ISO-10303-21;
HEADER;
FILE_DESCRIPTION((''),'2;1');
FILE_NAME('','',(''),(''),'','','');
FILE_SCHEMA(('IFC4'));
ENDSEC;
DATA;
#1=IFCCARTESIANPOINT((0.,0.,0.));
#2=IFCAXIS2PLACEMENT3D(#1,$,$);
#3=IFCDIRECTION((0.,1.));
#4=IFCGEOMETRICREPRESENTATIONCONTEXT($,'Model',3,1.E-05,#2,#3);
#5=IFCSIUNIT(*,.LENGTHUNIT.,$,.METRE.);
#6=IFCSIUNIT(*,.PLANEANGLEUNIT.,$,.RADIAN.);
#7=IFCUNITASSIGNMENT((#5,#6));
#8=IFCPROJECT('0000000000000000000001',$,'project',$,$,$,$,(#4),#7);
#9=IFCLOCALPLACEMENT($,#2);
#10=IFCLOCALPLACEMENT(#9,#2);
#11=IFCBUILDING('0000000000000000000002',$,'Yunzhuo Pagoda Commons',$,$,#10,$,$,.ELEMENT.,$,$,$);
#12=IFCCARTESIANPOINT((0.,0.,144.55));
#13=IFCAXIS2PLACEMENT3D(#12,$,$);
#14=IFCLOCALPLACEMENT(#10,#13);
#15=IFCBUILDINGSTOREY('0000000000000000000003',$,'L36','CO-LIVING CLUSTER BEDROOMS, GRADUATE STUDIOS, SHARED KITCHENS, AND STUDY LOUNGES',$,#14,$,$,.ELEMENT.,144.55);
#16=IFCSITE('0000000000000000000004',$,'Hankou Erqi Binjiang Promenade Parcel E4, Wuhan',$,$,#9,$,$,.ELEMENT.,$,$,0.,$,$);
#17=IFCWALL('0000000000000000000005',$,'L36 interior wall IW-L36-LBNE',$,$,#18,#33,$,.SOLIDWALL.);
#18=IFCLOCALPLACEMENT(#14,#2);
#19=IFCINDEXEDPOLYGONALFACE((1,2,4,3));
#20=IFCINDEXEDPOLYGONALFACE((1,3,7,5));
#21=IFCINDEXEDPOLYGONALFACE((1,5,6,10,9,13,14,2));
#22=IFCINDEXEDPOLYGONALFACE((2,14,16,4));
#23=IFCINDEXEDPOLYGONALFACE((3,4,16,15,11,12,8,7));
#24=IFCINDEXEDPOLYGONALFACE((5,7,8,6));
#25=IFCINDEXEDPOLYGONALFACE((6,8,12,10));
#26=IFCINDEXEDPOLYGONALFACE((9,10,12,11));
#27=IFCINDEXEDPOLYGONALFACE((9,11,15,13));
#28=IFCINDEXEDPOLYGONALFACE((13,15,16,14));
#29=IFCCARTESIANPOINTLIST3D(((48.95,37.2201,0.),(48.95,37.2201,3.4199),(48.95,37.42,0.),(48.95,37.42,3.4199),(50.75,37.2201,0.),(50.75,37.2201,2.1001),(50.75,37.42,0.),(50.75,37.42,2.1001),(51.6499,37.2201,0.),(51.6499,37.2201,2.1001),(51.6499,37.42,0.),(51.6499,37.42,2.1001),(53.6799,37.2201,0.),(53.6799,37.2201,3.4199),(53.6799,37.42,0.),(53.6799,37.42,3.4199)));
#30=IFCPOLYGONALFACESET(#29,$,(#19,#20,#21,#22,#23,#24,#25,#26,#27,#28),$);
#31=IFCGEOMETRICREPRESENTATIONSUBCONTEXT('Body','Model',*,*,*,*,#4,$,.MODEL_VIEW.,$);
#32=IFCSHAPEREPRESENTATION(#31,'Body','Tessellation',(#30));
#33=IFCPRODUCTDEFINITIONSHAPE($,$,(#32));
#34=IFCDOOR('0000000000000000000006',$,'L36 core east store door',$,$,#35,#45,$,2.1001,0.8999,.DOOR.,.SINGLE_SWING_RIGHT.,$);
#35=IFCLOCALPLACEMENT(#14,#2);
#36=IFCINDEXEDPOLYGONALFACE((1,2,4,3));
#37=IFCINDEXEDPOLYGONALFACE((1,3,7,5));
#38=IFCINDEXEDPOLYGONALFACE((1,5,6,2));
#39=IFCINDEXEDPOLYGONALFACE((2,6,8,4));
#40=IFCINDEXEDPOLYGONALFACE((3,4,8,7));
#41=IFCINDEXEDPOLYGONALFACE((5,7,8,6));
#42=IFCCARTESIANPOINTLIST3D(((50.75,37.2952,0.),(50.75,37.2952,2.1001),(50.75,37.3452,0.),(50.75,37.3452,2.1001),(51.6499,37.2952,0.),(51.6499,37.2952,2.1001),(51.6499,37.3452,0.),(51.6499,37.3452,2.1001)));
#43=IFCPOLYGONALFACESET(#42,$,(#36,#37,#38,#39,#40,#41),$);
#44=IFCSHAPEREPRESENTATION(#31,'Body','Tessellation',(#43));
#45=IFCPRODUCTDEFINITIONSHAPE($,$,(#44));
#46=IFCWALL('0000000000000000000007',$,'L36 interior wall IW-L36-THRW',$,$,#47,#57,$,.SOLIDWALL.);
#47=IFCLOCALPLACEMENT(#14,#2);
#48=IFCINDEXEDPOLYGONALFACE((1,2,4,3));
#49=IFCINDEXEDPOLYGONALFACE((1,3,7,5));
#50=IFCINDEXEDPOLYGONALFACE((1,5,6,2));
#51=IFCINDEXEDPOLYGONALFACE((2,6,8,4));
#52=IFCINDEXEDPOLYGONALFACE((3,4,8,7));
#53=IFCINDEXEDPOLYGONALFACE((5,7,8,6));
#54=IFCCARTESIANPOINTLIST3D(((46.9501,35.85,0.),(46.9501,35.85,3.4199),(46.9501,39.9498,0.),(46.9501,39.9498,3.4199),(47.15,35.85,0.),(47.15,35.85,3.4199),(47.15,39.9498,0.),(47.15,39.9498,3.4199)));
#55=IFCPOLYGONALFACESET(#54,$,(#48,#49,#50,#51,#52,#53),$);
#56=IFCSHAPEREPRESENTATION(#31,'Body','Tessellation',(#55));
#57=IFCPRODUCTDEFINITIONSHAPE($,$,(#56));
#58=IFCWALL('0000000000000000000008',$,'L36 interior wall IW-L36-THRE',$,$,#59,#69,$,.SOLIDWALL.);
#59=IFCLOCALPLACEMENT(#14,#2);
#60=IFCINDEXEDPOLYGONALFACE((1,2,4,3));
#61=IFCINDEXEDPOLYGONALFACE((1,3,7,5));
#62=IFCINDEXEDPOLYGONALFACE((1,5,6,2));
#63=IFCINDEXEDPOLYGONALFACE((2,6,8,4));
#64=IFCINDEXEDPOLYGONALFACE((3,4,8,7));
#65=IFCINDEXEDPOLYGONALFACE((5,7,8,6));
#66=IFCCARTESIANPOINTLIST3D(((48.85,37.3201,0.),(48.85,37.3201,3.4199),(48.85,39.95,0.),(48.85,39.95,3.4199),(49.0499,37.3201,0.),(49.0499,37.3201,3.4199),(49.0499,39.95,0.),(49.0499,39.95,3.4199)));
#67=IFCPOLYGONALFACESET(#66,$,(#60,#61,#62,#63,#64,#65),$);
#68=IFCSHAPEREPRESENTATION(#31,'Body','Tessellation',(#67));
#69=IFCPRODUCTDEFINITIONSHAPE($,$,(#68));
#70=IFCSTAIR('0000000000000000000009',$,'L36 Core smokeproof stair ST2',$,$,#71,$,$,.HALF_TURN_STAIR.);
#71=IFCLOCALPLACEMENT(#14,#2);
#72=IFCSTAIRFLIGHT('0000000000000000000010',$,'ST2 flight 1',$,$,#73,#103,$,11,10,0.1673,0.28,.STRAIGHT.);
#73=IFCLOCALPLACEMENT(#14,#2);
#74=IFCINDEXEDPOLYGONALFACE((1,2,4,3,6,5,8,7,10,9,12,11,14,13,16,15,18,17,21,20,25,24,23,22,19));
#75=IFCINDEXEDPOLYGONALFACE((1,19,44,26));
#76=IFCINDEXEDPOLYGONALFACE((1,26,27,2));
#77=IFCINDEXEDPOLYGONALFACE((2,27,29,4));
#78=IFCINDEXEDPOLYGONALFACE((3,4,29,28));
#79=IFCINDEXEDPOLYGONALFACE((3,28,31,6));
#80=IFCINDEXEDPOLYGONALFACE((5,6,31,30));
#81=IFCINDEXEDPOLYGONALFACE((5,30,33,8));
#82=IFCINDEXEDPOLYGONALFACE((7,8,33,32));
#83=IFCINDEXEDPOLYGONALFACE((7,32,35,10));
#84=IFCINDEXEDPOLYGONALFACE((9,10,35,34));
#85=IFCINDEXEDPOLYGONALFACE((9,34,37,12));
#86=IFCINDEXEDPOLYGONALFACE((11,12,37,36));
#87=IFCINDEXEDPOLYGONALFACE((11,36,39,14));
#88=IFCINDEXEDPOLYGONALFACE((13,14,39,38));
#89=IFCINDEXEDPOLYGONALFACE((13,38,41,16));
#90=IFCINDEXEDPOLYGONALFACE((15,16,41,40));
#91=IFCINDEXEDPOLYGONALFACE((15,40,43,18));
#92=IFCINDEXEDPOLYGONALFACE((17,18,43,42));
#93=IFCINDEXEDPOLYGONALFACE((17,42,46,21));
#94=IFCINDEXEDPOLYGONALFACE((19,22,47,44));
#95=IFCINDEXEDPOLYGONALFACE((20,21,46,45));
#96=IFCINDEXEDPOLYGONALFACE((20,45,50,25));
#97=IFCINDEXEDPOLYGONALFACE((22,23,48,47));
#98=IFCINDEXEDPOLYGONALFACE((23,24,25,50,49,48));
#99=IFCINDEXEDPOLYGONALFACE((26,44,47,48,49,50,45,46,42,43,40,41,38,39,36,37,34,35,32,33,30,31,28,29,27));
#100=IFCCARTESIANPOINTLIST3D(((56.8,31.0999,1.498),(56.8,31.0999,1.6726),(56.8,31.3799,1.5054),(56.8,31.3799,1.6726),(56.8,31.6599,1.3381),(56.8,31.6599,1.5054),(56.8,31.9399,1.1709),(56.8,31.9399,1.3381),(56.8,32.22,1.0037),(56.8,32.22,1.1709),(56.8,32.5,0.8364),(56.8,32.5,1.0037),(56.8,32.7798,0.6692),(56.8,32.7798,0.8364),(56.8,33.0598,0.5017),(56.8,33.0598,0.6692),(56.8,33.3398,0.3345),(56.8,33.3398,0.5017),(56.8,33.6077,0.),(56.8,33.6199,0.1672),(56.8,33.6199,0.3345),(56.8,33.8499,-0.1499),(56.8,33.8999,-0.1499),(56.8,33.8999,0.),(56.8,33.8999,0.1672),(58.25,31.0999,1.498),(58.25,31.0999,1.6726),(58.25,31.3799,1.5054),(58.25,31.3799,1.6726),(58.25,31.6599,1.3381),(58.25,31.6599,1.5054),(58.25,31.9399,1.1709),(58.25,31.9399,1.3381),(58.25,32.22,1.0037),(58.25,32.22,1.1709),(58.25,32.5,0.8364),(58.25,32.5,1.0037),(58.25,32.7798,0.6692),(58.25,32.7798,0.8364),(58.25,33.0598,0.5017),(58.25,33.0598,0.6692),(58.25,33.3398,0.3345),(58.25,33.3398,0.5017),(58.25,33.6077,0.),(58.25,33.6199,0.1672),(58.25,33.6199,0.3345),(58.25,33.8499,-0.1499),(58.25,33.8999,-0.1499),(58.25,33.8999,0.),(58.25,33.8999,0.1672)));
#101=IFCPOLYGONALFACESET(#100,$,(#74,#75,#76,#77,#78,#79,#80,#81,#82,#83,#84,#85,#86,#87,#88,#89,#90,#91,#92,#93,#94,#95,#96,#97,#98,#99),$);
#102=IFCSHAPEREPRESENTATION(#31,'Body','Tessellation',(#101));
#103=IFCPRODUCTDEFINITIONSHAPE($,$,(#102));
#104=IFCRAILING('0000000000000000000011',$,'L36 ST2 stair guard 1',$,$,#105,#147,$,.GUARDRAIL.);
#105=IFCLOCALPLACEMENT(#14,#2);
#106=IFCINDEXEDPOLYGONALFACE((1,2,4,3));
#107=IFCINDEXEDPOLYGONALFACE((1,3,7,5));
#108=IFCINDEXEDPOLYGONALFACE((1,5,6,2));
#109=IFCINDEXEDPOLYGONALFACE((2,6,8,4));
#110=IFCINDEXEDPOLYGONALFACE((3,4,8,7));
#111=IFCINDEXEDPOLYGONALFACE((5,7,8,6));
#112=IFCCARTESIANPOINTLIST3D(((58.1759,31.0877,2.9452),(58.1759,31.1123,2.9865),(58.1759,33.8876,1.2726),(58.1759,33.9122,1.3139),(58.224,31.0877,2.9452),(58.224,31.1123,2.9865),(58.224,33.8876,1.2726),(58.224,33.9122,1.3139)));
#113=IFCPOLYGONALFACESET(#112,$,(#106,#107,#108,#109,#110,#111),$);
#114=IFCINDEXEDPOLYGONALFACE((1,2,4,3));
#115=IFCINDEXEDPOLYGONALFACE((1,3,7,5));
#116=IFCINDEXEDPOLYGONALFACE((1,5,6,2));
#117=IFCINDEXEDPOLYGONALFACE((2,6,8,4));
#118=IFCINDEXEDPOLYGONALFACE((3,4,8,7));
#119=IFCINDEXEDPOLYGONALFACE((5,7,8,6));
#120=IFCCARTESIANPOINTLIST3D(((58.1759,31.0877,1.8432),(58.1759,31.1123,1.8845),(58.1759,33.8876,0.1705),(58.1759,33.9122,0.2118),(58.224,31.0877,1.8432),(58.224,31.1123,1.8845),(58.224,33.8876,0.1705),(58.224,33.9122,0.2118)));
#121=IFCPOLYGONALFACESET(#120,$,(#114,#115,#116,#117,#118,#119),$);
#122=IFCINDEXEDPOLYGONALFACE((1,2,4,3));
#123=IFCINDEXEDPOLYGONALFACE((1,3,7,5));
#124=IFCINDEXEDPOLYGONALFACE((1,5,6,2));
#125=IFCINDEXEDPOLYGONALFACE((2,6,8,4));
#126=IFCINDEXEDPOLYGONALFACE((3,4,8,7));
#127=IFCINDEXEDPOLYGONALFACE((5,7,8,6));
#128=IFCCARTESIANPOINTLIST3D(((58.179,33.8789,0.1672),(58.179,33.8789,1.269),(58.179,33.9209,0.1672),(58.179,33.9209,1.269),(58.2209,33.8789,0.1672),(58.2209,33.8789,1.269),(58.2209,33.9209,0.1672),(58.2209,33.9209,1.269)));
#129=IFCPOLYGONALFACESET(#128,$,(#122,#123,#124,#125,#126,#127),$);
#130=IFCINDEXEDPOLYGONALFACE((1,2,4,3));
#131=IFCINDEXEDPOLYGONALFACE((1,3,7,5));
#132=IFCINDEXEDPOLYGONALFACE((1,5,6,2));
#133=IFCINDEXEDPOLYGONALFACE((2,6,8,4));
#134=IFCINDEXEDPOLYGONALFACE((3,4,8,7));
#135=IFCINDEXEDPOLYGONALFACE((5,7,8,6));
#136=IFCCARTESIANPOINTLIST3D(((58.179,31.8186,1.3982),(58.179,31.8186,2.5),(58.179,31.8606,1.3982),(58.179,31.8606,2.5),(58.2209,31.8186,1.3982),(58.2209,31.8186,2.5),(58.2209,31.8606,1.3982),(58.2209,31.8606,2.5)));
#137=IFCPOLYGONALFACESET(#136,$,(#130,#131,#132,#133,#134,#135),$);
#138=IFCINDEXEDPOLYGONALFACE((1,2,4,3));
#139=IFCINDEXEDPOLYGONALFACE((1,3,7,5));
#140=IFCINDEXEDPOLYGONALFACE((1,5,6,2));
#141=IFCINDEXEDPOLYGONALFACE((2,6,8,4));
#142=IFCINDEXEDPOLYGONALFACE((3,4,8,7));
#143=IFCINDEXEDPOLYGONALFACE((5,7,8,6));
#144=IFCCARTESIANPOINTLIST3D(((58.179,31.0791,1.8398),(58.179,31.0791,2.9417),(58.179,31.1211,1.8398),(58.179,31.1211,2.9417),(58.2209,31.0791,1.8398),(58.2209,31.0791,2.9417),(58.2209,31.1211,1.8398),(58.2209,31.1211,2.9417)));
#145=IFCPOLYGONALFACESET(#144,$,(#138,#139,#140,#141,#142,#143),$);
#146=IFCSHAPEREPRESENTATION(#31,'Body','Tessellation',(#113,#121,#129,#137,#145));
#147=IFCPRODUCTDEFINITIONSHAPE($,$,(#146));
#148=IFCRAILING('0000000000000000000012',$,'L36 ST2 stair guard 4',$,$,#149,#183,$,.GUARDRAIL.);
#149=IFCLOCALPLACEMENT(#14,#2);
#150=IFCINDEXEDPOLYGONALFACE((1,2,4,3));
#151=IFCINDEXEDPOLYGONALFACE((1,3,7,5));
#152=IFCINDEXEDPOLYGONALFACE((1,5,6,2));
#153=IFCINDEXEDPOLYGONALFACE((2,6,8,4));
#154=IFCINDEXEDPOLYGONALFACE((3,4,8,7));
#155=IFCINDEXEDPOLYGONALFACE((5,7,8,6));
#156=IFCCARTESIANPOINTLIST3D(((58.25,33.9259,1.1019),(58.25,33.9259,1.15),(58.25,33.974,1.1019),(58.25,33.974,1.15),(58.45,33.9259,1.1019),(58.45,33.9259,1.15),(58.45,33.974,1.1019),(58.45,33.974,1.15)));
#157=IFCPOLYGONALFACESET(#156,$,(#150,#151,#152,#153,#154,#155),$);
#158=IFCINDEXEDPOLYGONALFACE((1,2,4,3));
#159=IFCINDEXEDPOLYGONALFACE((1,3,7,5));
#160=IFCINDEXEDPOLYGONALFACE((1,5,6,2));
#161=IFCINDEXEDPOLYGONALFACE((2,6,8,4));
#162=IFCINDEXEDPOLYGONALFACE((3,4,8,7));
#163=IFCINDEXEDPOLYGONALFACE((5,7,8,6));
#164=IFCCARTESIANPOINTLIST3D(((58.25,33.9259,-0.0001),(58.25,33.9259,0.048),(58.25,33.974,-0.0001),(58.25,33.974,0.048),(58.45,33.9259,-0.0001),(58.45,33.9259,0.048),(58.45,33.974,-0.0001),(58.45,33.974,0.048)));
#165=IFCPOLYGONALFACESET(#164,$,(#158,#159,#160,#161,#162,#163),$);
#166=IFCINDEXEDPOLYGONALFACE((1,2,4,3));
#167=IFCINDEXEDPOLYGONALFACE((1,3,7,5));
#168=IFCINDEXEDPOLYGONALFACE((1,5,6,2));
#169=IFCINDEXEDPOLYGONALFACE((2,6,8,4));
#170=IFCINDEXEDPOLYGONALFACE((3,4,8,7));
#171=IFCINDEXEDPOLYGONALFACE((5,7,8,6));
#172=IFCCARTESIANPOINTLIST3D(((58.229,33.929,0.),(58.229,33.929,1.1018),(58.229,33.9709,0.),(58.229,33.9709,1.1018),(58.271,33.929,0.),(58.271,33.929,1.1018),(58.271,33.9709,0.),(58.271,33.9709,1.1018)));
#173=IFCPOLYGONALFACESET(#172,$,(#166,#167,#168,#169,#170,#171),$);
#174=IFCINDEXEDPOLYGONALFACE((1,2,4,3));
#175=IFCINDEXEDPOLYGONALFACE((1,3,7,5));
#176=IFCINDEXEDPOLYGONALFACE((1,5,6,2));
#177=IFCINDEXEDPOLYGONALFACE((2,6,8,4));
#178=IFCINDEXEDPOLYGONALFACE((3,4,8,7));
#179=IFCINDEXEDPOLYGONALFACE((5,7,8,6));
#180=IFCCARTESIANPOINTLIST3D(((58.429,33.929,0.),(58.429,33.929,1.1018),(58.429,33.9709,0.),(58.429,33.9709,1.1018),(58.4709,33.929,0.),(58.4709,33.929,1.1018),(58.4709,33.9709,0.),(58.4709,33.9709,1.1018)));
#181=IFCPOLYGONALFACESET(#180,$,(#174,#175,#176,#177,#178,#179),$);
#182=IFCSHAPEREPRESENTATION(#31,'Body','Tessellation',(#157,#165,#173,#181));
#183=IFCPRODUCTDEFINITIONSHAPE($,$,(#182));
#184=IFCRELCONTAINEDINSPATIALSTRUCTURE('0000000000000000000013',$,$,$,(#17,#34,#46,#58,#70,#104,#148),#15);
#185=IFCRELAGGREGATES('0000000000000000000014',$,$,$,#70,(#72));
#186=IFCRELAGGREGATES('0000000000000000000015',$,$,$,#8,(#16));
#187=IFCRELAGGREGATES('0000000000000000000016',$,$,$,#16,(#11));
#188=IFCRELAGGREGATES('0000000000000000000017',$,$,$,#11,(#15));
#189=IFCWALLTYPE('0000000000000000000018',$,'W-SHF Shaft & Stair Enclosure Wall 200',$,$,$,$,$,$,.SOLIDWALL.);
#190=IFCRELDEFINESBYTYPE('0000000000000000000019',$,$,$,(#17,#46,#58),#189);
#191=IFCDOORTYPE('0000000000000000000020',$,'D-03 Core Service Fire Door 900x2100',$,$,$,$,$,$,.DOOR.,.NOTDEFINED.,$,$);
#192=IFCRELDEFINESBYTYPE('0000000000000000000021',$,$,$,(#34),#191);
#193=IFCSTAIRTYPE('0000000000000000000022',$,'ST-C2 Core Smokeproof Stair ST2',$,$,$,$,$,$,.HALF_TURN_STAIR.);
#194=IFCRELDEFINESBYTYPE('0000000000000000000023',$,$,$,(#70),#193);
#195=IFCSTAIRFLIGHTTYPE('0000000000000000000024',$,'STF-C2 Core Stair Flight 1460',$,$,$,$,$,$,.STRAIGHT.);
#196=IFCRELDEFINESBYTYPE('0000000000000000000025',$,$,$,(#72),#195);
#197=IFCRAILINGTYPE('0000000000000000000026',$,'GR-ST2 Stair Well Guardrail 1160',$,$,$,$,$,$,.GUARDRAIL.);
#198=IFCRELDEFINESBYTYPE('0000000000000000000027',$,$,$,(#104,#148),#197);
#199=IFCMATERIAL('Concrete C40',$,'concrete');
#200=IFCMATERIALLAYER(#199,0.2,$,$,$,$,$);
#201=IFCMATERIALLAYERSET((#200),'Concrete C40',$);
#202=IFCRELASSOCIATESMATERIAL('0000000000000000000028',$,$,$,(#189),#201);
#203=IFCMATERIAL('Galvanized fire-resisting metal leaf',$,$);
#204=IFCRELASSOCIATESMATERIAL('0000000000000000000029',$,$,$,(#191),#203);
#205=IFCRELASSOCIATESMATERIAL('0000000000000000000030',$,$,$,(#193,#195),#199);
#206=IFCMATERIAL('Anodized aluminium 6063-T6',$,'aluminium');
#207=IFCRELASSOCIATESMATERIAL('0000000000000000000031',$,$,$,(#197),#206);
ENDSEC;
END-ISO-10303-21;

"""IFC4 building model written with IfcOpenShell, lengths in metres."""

from ifc_helpers import new_model, si_unit, direction, frame, frame_2d, origin, origin_2d, place, context, subcontext, project, spatial, polyline, rectangle, outline, extrude, source, transform, mapped, material, layer, layer_set, type_object, element, fill, aggregate, save


model = new_model("IFC4")

# Units and contexts
model_context = context("Model", 3, precision=1e-05, world=origin(), true_north=direction((0.0, 1.0)))
body_context = subcontext(model_context, "Body", "Model", "MODEL_VIEW")
ifc_project = project(units=[si_unit("LENGTHUNIT", "METRE"), si_unit("PLANEANGLEUNIT", "RADIAN")], contexts=[model_context])

# Site, building, storey
site_placement = place(None, origin())
site = spatial("IfcSite", under=ifc_project, at=site_placement, Name="Hankou Erqi Binjiang Promenade Parcel E4, Wuhan", CompositionType="ELEMENT", RefElevation=0.0)
building_placement = place(site_placement, origin())
building = spatial("IfcBuilding", under=site, at=building_placement, Name="Yunzhuo Pagoda Commons", CompositionType="ELEMENT")
storey_placement = place(building_placement, frame((0.0, 0.0, 144.55)))
storey = spatial("IfcBuildingStorey", under=building, at=storey_placement, Name="L36", Description="CO-LIVING CLUSTER BEDROOMS, GRADUATE STUDIOS, SHARED KITCHENS, AND STUDY LOUNGES", CompositionType="ELEMENT", Elevation=144.55)

# Shared definitions
ifc_material_1 = material(Name="Galvanized fire-resisting metal leaf")

# Shared definitions
ifc_material_2 = material(Name="Concrete C40", Category="concrete")
ifc_layer_1 = layer(ifc_material_2, 0.2)
ifc_layer_set_1 = layer_set([ifc_layer_1], Name="Concrete C40")
wall_type_1 = type_object("IfcWallType", Name="W-SHF Shaft & Stair Enclosure Wall 200", PredefinedType="SOLIDWALL", material=ifc_layer_set_1)

# Wall, opening, door
wall_1_placement = place(storey_placement, frame((48.95, 37.3201, 0.0), z_axis=(0.0, 0.0, 1.0), x_axis=(1.0, 0.0, 0.0)))
wall_1 = element("IfcWall", 1, at=wall_1_placement, inside=storey, type_object=wall_type_1, Name="L36 interior wall IW-L36-LBNE", PredefinedType="SOLIDWALL", context=body_context, shape_type="SweptSolid", body=[
    extrude(rectangle(XDim=4.73, YDim=0.2, at=frame_2d((2.365, 0.0))), origin(), (0.0, 0.0, 1.0), 3.4199),
])
opening_1_placement = place(wall_1_placement, frame((1.8, 0.0, 0.0)))
opening_1 = element("IfcOpeningElement", 2, at=opening_1_placement, cuts=wall_1, PredefinedType="OPENING", context=body_context, shape_type="SweptSolid", body=[
    extrude(rectangle(XDim=0.8999, YDim=2.1001, at=frame_2d((0.45, 1.05))), frame((0.0, 0.1099, 0.0), z_axis=(0.0, -1.0, 0.0), x_axis=(1.0, 0.0, 0.0)), (0.0, 0.0, 1.0), 0.22),
])
door_type_1 = type_object("IfcDoorType", Name="D-03 Core Service Fire Door 900x2100", OperationType="NOTDEFINED", PredefinedType="DOOR", material=ifc_material_1)
shared_shape_1 = source(origin(), body_context, "Body", "SweptSolid", [
    extrude(rectangle(XDim=0.8999, YDim=2.1001, at=frame_2d((0.45, 1.05))), frame((0.0, 0.0249, 0.0), z_axis=(0.0, -1.0, 0.0), x_axis=(1.0, 0.0, 0.0)), (0.0, 0.0, 1.0), 0.05),
])
door_1_placement = place(opening_1_placement, frame((0.8999, 0.0, 0.0), z_axis=(0.0, 0.0, 1.0), x_axis=(-1.0, 0.0, 0.0)))
door_1 = element("IfcDoor", 3, at=door_1_placement, inside=storey, type_object=door_type_1, Name="L36 core east store door", OperationType="SINGLE_SWING_RIGHT", OverallHeight=2.1001, OverallWidth=0.8999, PredefinedType="DOOR", context=body_context, shape_type="MappedRepresentation", body=[
    mapped(shared_shape_1, transform((0.0, 0.0, 0.0), scale=1.0)),
])
fill(opening_1, door_1)

# Walls
wall_2_placement = place(storey_placement, frame((47.05, 35.8501, 0.0), z_axis=(0.0, 0.0, 1.0), x_axis=(0.0, 1.0, 0.0)))
element("IfcWall", 4, at=wall_2_placement, inside=storey, type_object=wall_type_1, Name="L36 interior wall IW-L36-THRW", PredefinedType="SOLIDWALL", context=body_context, shape_type="SweptSolid", body=[
    extrude(rectangle(XDim=4.0999, YDim=0.2, at=frame_2d((2.0498, 0.0))), origin(), (0.0, 0.0, 1.0), 3.4199),
])
wall_3_placement = place(storey_placement, frame((48.95, 37.3201, 0.0), z_axis=(0.0, 0.0, 1.0), x_axis=(0.0, 1.0, 0.0)))
element("IfcWall", 5, at=wall_3_placement, inside=storey, type_object=wall_type_1, Name="L36 interior wall IW-L36-THRE", PredefinedType="SOLIDWALL", context=body_context, shape_type="SweptSolid", body=[
    extrude(rectangle(XDim=2.6299, YDim=0.2, at=frame_2d((1.3149, 0.0))), origin(), (0.0, 0.0, 1.0), 3.4199),
])

# Stair, stair flight
stair_type = type_object("IfcStairType", Name="ST-C2 Core Smokeproof Stair ST2", PredefinedType="HALF_TURN_STAIR", material=ifc_material_2)
stair_placement = place(storey_placement, origin())
stair = element("IfcStair", 6, at=stair_placement, inside=storey, type_object=stair_type, Name="L36 Core smokeproof stair ST2", PredefinedType="HALF_TURN_STAIR")
stair_flight_type = type_object("IfcStairFlightType", Name="STF-C2 Core Stair Flight 1460", PredefinedType="STRAIGHT", material=ifc_material_2)
shared_shape_2 = source(origin(), body_context, "Body", "SweptSolid", [
    extrude(outline(polyline([(0.0, -0.1499), (0.0, 0.0), (0.0, 0.1672), (0.28, 0.1672), (0.28, 0.3345), (0.5601, 0.3345), (0.5601, 0.5017), (0.8401, 0.5017), (0.8401, 0.6692), (1.1201, 0.6692), (1.1201, 0.8364), (1.3999, 0.8364), (1.3999, 1.0037), (1.6799, 1.0037), (1.6799, 1.1709), (1.96, 1.1709), (1.96, 1.3381), (2.24, 1.3381), (2.24, 1.5054), (2.52, 1.5054), (2.52, 1.6726), (2.8, 1.6726), (2.8, 1.8401), (2.8, 1.498), (0.2922, 0.0), (0.05, -0.1499), (0.0, -0.1499)])), frame((0.0, 0.7251, 0.0), z_axis=(0.0, -1.0, 0.0), x_axis=(1.0, 0.0, 0.0)), (0.0, 0.0, 1.0), 1.45),
])
stair_flight_placement = place(storey_placement, frame((57.5249, 33.8999, 0.0), z_axis=(0.0, 0.0, 1.0), x_axis=(0.0, -1.0, 0.0)))
stair_flight = element("IfcStairFlight", 7, at=stair_flight_placement, type_object=stair_flight_type, Name="ST2 flight 1", NumberOfRisers=11, NumberOfTreads=10, PredefinedType="STRAIGHT", RiserHeight=0.1673, TreadLength=0.28, context=body_context, shape_type="MappedRepresentation", body=[
    mapped(shared_shape_2, transform((0.0, 0.0, 0.0), scale=1.0)),
])
aggregate(stair, [stair_flight])

# Railings
ifc_material_3 = material(Name="Anodized aluminium 6063-T6", Category="aluminium")
railing_type = type_object("IfcRailingType", Name="GR-ST2 Stair Well Guardrail 1160", PredefinedType="GUARDRAIL", material=ifc_material_3)
railing_1_placement = place(storey_placement, frame((58.2, 33.8999, 0.1672)))
element("IfcRailing", 8, at=railing_1_placement, inside=storey, type_object=railing_type, Name="L36 ST2 stair guard 1", PredefinedType="GUARDRAIL", context=body_context, shape_type="SweptSolid", body=[
    extrude(rectangle(XDim=0.0481, YDim=0.0481, at=origin_2d()), frame((0.0, 0.0, 1.126), z_axis=(0.0, -0.858476, 0.512855), x_axis=(1.0, 0.0, 0.0)), (0.0, 0.0, 1.0), 3.2615),
    extrude(rectangle(XDim=0.0481, YDim=0.0481, at=origin_2d()), frame((0.0, 0.0, 0.0239), z_axis=(0.0, -0.858476, 0.512855), x_axis=(1.0, 0.0, 0.0)), (0.0, 0.0, 1.0), 3.2615),
    extrude(rectangle(XDim=0.042, YDim=0.042, at=origin_2d()), origin(), (0.0, 0.0, 1.0), 1.1018),
    extrude(rectangle(XDim=0.042, YDim=0.042, at=origin_2d()), frame((0.0, -2.0603, 1.231)), (0.0, 0.0, 1.0), 1.1018),
    extrude(rectangle(XDim=0.042, YDim=0.042, at=origin_2d()), frame((0.0, -2.7998, 1.6726)), (0.0, 0.0, 1.0), 1.1018),
])
railing_2_placement = place(storey_placement, frame((58.25, 33.95, 0.0)))
element("IfcRailing", 9, at=railing_2_placement, inside=storey, type_object=railing_type, Name="L36 ST2 stair guard 4", PredefinedType="GUARDRAIL", context=body_context, shape_type="SweptSolid", body=[
    extrude(rectangle(XDim=0.0481, YDim=0.0481, at=origin_2d()), frame((0.0, 0.0, 1.126), z_axis=(1.0, 0.0, 0.0), x_axis=(0.0, 1.0, 0.0)), (0.0, 0.0, 1.0), 0.2),
    extrude(rectangle(XDim=0.0481, YDim=0.0481, at=origin_2d()), frame((0.0, 0.0, 0.0239), z_axis=(1.0, 0.0, 0.0), x_axis=(0.0, 1.0, 0.0)), (0.0, 0.0, 1.0), 0.2),
    extrude(rectangle(XDim=0.042, YDim=0.042, at=origin_2d()), origin(), (0.0, 0.0, 1.0), 1.1018),
    extrude(rectangle(XDim=0.042, YDim=0.042, at=origin_2d()), frame((0.2, 0.0, 0.0)), (0.0, 0.0, 1.0), 1.1018),
])

save(model, "model.ifc")
